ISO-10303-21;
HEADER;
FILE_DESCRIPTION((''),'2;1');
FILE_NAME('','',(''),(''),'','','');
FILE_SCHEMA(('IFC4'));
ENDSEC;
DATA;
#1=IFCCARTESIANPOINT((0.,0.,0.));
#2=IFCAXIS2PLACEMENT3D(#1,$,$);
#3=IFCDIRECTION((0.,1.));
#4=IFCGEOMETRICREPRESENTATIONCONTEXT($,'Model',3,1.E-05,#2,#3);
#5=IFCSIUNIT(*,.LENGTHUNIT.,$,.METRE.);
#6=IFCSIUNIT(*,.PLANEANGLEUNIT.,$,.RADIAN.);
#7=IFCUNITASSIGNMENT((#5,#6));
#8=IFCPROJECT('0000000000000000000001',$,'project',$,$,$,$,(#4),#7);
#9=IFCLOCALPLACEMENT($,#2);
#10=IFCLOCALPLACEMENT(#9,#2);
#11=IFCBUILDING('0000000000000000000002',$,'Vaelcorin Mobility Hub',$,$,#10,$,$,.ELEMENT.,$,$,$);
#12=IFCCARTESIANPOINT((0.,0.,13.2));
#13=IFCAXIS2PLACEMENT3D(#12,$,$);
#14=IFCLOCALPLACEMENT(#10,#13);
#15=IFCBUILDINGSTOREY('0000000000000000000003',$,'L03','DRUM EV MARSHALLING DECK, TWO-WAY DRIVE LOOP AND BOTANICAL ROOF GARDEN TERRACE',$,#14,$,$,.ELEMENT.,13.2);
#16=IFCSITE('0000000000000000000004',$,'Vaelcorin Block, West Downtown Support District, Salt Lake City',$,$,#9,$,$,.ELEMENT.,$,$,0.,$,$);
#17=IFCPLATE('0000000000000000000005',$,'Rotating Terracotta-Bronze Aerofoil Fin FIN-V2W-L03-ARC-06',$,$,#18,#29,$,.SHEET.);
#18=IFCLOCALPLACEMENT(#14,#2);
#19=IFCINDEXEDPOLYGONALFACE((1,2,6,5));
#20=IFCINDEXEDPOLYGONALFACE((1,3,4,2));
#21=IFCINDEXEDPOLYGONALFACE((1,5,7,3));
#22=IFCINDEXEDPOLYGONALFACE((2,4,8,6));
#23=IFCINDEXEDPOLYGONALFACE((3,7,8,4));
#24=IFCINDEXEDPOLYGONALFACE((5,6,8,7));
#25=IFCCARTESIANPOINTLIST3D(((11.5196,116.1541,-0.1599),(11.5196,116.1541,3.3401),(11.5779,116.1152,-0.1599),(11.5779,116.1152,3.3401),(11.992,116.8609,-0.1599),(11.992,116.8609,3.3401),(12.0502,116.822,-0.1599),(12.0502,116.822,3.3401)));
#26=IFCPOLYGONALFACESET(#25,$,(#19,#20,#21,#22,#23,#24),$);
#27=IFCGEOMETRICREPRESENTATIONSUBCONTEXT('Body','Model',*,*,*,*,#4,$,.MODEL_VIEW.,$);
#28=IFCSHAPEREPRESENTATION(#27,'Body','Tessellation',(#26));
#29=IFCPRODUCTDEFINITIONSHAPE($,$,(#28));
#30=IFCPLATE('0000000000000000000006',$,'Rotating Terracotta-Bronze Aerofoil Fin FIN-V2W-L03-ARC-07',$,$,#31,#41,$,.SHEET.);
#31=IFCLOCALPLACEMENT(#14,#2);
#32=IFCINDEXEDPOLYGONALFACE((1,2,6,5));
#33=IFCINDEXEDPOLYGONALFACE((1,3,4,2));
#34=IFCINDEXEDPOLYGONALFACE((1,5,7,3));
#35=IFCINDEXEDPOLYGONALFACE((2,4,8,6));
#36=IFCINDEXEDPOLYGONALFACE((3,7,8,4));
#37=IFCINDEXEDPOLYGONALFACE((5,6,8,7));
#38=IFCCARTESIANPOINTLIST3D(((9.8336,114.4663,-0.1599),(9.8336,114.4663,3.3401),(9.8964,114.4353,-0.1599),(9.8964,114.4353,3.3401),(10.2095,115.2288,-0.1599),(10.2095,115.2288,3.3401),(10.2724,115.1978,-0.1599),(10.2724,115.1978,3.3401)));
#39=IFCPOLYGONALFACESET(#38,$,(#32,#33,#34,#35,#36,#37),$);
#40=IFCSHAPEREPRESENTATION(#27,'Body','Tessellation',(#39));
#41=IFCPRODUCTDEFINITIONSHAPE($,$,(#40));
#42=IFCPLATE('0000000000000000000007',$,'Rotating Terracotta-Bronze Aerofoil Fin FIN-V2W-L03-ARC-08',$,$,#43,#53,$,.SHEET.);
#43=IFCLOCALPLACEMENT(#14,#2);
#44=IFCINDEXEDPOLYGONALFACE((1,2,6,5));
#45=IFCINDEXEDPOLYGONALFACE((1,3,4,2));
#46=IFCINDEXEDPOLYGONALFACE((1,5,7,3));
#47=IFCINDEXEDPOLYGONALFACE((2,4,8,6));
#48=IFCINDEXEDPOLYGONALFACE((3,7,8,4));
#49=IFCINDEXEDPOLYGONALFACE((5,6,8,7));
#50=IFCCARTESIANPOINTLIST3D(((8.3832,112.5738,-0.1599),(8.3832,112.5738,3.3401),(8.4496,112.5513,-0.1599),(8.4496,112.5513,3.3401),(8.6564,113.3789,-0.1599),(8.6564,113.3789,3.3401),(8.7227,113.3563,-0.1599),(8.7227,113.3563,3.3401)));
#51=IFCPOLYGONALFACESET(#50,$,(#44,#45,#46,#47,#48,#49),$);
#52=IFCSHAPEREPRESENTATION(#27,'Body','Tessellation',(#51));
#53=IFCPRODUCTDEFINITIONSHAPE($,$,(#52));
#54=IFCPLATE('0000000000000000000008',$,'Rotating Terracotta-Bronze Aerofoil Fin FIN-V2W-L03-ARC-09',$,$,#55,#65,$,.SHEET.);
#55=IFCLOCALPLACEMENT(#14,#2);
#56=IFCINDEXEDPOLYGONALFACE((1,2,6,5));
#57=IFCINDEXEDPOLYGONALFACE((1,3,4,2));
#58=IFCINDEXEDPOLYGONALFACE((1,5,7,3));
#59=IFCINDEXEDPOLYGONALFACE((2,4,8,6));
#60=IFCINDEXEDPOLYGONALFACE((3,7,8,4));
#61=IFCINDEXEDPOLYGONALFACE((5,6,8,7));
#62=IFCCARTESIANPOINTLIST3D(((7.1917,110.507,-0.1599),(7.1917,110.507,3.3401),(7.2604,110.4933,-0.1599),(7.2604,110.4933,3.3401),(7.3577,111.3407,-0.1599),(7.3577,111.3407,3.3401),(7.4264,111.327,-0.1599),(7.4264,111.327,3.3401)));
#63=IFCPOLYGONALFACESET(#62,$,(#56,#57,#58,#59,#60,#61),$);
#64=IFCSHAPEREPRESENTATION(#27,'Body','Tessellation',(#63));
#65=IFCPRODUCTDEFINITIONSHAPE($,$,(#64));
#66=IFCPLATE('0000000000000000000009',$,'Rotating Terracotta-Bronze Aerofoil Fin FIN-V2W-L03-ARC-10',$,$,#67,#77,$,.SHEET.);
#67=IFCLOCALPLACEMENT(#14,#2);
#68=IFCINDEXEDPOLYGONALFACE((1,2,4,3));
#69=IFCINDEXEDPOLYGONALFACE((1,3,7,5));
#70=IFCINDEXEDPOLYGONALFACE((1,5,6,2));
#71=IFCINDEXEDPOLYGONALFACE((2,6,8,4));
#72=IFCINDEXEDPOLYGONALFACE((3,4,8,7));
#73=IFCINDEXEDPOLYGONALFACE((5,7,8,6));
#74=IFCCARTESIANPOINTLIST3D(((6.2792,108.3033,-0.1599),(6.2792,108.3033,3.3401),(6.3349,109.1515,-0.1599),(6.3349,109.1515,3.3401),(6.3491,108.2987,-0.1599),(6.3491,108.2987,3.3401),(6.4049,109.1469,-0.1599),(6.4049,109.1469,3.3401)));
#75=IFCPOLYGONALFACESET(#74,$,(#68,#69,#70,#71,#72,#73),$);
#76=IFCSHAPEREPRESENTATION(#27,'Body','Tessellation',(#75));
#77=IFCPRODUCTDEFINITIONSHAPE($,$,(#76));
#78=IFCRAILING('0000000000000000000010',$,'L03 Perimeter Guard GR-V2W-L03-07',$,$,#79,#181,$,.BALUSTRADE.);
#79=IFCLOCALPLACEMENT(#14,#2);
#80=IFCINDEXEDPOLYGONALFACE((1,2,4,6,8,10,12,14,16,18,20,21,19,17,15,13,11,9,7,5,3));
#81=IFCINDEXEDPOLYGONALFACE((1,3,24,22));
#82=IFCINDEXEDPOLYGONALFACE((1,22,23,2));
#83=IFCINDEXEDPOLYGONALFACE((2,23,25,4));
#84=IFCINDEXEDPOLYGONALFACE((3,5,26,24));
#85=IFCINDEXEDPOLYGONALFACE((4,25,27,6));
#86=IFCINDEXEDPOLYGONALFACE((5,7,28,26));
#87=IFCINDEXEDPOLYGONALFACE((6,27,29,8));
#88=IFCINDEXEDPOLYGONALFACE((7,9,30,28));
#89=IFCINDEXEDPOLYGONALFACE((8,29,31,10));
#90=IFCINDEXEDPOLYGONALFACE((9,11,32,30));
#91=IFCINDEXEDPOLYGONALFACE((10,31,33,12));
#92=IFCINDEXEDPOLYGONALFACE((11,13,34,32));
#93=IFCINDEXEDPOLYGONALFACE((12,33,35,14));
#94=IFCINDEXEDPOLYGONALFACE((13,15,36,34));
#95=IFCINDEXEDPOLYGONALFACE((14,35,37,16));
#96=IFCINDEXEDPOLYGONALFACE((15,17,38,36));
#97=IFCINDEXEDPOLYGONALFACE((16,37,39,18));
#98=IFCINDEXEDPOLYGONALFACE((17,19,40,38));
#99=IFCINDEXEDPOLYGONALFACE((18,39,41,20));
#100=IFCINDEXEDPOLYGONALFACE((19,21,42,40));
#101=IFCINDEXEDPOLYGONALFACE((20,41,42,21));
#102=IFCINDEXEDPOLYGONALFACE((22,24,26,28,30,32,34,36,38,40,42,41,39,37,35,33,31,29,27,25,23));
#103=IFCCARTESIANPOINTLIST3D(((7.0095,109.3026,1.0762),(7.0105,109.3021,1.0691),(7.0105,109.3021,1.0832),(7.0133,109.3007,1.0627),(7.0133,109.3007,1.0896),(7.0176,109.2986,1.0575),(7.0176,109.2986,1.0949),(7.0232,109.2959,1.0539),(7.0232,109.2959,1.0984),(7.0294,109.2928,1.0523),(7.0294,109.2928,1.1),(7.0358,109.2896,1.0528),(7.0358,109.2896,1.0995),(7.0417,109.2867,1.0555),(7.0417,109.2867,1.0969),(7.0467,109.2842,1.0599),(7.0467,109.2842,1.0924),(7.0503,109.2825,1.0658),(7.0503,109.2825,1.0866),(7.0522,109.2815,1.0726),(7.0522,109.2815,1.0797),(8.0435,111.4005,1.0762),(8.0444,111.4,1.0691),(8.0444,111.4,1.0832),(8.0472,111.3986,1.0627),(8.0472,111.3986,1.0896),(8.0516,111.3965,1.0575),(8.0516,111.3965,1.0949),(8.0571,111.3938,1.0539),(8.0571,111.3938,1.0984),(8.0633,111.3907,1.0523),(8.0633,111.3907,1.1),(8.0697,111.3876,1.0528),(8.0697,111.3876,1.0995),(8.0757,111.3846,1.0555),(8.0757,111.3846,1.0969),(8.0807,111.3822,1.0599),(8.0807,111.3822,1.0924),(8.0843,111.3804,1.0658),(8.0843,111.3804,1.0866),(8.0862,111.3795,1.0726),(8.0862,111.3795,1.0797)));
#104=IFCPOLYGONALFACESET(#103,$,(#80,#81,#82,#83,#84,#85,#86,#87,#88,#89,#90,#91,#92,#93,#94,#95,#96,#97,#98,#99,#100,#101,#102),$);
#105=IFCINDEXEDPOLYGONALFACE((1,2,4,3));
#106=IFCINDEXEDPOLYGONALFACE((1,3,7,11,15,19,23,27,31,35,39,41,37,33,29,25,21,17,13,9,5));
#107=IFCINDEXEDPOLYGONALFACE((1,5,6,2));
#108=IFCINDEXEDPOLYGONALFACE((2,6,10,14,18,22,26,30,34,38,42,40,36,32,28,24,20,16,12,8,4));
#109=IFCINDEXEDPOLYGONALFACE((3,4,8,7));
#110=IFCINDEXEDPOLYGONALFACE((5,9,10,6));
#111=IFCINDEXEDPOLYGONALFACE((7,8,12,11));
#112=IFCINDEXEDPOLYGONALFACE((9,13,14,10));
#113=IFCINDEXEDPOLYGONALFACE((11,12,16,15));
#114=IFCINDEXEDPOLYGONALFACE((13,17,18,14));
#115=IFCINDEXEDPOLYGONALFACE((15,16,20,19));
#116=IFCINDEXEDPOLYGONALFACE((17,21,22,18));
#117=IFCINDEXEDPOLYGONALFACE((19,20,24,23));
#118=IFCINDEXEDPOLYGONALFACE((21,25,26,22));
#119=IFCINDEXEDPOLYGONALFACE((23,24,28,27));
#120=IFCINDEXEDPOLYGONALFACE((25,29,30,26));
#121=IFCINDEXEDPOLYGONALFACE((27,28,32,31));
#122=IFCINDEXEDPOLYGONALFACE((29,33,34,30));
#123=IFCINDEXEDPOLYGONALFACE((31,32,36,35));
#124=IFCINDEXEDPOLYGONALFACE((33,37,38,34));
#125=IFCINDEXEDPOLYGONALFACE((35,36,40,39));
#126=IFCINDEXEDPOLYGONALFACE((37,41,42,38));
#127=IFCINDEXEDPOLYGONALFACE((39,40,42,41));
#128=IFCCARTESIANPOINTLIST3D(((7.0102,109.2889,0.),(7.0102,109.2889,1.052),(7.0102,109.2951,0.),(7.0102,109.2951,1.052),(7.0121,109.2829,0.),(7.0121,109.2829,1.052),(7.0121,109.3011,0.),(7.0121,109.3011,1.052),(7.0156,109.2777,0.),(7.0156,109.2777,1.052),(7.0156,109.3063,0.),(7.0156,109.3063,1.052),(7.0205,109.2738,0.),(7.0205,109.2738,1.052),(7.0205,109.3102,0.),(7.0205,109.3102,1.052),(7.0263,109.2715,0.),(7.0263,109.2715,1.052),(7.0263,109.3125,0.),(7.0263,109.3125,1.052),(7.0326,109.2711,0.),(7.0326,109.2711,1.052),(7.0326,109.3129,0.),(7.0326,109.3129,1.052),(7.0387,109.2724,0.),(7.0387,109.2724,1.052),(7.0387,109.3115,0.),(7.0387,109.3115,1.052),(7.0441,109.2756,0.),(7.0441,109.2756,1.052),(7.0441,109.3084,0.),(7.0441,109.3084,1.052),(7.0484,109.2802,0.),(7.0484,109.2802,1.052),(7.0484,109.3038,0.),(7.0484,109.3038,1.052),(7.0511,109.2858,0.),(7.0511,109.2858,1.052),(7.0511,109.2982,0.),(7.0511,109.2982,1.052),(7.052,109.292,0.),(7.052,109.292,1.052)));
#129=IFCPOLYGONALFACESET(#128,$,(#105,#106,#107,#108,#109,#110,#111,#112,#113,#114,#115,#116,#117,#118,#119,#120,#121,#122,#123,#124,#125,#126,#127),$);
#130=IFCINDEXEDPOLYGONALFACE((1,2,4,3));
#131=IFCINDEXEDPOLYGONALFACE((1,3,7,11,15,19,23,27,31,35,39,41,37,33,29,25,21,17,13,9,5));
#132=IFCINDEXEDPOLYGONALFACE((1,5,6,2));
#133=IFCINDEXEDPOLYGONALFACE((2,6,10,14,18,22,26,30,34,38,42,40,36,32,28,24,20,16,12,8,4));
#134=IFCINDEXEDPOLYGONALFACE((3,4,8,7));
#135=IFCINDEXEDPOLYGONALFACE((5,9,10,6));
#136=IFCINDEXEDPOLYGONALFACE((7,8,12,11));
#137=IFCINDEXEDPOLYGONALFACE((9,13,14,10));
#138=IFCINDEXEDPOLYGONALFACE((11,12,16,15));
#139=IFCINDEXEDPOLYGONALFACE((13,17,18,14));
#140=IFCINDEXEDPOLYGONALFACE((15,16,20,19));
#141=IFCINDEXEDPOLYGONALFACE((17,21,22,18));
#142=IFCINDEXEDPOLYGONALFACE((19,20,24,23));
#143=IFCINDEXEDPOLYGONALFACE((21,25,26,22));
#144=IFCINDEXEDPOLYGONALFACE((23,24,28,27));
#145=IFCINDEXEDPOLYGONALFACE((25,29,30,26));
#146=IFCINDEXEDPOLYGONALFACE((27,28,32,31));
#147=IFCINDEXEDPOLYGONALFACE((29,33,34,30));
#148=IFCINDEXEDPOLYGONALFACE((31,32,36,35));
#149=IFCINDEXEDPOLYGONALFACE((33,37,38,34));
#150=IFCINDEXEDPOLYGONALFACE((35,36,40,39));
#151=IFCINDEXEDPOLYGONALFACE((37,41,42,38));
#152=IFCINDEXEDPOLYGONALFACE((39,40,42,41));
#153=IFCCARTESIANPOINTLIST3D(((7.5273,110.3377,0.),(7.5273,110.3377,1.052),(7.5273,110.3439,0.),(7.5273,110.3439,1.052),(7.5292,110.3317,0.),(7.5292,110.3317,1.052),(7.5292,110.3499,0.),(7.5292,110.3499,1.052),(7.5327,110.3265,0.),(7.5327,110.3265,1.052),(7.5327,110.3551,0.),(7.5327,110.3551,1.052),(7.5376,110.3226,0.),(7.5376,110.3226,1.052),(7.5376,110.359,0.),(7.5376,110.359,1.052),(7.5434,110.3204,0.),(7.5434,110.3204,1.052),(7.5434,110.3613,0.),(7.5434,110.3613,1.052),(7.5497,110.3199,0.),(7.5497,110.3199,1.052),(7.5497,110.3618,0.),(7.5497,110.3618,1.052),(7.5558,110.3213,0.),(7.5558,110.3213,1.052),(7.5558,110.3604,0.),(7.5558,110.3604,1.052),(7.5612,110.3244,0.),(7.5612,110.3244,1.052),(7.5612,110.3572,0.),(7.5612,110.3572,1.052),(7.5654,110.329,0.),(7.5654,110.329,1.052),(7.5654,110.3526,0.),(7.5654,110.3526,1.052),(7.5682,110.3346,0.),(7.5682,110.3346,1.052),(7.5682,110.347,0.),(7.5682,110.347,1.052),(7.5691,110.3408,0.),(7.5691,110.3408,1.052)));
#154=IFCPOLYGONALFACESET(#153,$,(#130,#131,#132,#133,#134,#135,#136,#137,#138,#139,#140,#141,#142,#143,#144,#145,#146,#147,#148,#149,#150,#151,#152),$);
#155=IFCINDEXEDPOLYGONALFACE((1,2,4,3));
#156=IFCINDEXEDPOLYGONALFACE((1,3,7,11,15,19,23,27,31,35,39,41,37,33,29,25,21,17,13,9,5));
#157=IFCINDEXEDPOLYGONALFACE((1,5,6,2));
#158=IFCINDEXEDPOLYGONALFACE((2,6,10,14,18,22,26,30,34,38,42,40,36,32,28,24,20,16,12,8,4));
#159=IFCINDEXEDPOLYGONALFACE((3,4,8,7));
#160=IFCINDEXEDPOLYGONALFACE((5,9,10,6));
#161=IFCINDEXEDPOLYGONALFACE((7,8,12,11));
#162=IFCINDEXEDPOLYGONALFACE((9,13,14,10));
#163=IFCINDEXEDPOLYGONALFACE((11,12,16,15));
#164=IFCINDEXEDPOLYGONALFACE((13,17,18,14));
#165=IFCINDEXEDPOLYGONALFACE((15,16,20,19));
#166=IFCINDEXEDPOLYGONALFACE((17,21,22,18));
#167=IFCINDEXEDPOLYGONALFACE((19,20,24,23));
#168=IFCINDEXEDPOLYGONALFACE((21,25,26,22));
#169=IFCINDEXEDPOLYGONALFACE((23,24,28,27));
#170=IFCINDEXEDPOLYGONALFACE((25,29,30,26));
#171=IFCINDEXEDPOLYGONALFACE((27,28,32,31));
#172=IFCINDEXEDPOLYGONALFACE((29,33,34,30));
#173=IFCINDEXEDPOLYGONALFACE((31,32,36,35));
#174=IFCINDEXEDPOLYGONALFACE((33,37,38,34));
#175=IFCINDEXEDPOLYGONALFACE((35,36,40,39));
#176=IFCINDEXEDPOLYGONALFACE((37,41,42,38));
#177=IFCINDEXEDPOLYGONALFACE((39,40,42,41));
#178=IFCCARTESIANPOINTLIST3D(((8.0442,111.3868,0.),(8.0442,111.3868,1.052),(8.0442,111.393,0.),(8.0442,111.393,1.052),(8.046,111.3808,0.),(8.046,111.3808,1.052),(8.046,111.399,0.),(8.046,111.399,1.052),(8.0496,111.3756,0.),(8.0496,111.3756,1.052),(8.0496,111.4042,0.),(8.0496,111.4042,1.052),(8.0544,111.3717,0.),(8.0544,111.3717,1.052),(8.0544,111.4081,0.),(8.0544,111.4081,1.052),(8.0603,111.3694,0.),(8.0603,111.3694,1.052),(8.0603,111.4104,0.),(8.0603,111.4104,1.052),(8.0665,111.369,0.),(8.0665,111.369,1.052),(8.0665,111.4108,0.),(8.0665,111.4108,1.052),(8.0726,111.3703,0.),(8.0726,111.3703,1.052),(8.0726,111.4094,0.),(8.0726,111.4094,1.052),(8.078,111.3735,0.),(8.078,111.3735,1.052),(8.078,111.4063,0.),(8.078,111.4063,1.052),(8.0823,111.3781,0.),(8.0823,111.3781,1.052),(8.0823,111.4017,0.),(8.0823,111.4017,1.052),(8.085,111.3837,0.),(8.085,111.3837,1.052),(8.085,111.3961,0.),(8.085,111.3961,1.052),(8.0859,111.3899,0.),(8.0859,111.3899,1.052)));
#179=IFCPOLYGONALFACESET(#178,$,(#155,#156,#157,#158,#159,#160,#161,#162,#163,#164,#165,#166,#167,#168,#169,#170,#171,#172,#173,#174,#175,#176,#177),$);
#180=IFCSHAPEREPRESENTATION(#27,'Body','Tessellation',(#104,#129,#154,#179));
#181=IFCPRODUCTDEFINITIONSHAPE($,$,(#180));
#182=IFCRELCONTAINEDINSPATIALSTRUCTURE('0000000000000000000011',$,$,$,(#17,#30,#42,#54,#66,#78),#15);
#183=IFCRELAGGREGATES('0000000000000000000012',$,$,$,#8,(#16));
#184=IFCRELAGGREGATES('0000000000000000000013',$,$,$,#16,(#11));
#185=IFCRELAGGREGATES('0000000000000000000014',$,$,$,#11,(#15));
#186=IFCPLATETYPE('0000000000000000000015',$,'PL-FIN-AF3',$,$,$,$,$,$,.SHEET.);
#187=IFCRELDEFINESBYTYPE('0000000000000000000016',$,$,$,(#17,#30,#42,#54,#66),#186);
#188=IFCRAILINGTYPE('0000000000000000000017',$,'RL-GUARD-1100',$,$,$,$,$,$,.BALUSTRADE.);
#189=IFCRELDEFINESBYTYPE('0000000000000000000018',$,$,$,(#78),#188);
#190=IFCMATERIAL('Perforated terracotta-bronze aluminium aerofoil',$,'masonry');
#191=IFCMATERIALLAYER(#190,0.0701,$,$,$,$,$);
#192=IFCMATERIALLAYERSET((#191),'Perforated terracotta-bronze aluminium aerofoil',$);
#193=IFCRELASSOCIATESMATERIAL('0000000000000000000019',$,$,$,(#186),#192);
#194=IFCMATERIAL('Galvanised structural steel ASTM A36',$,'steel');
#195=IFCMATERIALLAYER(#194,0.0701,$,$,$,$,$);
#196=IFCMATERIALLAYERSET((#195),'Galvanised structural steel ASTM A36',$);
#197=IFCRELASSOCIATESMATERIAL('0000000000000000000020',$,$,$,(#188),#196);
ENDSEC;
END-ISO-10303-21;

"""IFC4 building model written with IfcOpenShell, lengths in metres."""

from ifc_helpers import new_model, si_unit, direction, frame, origin, origin_2d, place, context, subcontext, project, spatial, rectangle, circle, extrude, material, layer, layer_set, type_object, element, save


model = new_model("IFC4")

# Units and contexts
model_context = context("Model", 3, precision=1e-05, world=origin(), true_north=direction((0.0, 1.0)))
body_context = subcontext(model_context, "Body", "Model", "MODEL_VIEW")
ifc_project = project(units=[si_unit("LENGTHUNIT", "METRE"), si_unit("PLANEANGLEUNIT", "RADIAN")], contexts=[model_context])

# Site, building, storey
site_placement = place(None, origin())
site = spatial("IfcSite", under=ifc_project, at=site_placement, Name="Vaelcorin Block, West Downtown Support District, Salt Lake City", CompositionType="ELEMENT", RefElevation=0.0)
building_placement = place(site_placement, origin())
building = spatial("IfcBuilding", under=site, at=building_placement, Name="Vaelcorin Mobility Hub", CompositionType="ELEMENT")
storey_placement = place(building_placement, frame((0.0, 0.0, 13.2)))
storey = spatial("IfcBuildingStorey", under=building, at=storey_placement, Name="L03", Description="DRUM EV MARSHALLING DECK, TWO-WAY DRIVE LOOP AND BOTANICAL ROOF GARDEN TERRACE", CompositionType="ELEMENT", Elevation=13.2)

# Plates
ifc_material_1 = material(Name="Perforated terracotta-bronze aluminium aerofoil", Category="masonry")
ifc_layer_1 = layer(ifc_material_1, 0.0701)
ifc_layer_set_1 = layer_set([ifc_layer_1], Name="Perforated terracotta-bronze aluminium aerofoil")
plate_type = type_object("IfcPlateType", Name="PL-FIN-AF3", PredefinedType="SHEET", material=ifc_layer_set_1)
for number, where, z_axis, x_axis, name in (
    (1, (11.7849, 116.488, -0.1599), (0.0, 0.0, 1.0), (0.555643, 0.831421, 0.0), "Rotating Terracotta-Bronze Aerofoil Fin FIN-V2W-L03-ARC-06"),
    (2, (10.053, 114.832, -0.1599), (0.0, 0.0, 1.0), (0.44221, 0.896911, 0.0), "Rotating Terracotta-Bronze Aerofoil Fin FIN-V2W-L03-ARC-07"),
    (3, (8.553, 112.9651, -0.1599), (0.0, 0.0, 1.0), (0.32134, 0.946964, 0.0), "Rotating Terracotta-Bronze Aerofoil Fin FIN-V2W-L03-ARC-08"),
    (4, (7.3091, 110.917, -0.1599), (0.0, 0.0, 1.0), (0.195261, 0.980751, 0.0), "Rotating Terracotta-Bronze Aerofoil Fin FIN-V2W-L03-ARC-09"),
    (5, (6.342, 108.7251, -0.1599), (0.0, 0.0, 1.0), (0.065542, 0.99785, 0.0), "Rotating Terracotta-Bronze Aerofoil Fin FIN-V2W-L03-ARC-10"),
):
    element("IfcPlate", number, at=place(storey_placement, frame(where, z_axis=z_axis, x_axis=x_axis)), inside=storey, type_object=plate_type, Name=name, PredefinedType="SHEET", context=body_context, shape_type="SweptSolid", body=[
        extrude(rectangle(XDim=0.8501, YDim=0.0701, at=origin_2d()), origin(), (0.0, 0.0, 1.0), 3.5),
    ])

# Railing
ifc_material_2 = material(Name="Galvanised structural steel ASTM A36", Category="steel")
ifc_layer_2 = layer(ifc_material_2, 0.0701)
ifc_layer_set_2 = layer_set([ifc_layer_2], Name="Galvanised structural steel ASTM A36")
railing_type = type_object("IfcRailingType", Name="RL-GUARD-1100", PredefinedType="BALUSTRADE", material=ifc_layer_set_2)
railing_1_placement = place(storey_placement, frame((7.031, 109.292, 0.0)))
element("IfcRailing", 6, at=railing_1_placement, inside=storey, type_object=railing_type, Name="L03 Perimeter Guard GR-V2W-L03-07", PredefinedType="BALUSTRADE", context=body_context, shape_type="SweptSolid", body=[
    extrude(circle(Radius=0.0239, at=origin_2d()), frame((0.0, 0.0, 1.0762), z_axis=(0.44207, 0.89698, 0.0), x_axis=(-0.89698, 0.44207, 0.0)), (0.0, 0.0, 1.0), 2.3389),
    extrude(circle(Radius=0.021, at=origin_2d()), origin(), (0.0, 0.0, 1.0), 1.052),
    extrude(circle(Radius=0.021, at=origin_2d()), frame((0.5171, 1.0488, 0.0)), (0.0, 0.0, 1.0), 1.052),
    extrude(circle(Radius=0.021, at=origin_2d()), frame((1.0339, 2.0979, 0.0)), (0.0, 0.0, 1.0), 1.052),
])

save(model, "model.ifc")
